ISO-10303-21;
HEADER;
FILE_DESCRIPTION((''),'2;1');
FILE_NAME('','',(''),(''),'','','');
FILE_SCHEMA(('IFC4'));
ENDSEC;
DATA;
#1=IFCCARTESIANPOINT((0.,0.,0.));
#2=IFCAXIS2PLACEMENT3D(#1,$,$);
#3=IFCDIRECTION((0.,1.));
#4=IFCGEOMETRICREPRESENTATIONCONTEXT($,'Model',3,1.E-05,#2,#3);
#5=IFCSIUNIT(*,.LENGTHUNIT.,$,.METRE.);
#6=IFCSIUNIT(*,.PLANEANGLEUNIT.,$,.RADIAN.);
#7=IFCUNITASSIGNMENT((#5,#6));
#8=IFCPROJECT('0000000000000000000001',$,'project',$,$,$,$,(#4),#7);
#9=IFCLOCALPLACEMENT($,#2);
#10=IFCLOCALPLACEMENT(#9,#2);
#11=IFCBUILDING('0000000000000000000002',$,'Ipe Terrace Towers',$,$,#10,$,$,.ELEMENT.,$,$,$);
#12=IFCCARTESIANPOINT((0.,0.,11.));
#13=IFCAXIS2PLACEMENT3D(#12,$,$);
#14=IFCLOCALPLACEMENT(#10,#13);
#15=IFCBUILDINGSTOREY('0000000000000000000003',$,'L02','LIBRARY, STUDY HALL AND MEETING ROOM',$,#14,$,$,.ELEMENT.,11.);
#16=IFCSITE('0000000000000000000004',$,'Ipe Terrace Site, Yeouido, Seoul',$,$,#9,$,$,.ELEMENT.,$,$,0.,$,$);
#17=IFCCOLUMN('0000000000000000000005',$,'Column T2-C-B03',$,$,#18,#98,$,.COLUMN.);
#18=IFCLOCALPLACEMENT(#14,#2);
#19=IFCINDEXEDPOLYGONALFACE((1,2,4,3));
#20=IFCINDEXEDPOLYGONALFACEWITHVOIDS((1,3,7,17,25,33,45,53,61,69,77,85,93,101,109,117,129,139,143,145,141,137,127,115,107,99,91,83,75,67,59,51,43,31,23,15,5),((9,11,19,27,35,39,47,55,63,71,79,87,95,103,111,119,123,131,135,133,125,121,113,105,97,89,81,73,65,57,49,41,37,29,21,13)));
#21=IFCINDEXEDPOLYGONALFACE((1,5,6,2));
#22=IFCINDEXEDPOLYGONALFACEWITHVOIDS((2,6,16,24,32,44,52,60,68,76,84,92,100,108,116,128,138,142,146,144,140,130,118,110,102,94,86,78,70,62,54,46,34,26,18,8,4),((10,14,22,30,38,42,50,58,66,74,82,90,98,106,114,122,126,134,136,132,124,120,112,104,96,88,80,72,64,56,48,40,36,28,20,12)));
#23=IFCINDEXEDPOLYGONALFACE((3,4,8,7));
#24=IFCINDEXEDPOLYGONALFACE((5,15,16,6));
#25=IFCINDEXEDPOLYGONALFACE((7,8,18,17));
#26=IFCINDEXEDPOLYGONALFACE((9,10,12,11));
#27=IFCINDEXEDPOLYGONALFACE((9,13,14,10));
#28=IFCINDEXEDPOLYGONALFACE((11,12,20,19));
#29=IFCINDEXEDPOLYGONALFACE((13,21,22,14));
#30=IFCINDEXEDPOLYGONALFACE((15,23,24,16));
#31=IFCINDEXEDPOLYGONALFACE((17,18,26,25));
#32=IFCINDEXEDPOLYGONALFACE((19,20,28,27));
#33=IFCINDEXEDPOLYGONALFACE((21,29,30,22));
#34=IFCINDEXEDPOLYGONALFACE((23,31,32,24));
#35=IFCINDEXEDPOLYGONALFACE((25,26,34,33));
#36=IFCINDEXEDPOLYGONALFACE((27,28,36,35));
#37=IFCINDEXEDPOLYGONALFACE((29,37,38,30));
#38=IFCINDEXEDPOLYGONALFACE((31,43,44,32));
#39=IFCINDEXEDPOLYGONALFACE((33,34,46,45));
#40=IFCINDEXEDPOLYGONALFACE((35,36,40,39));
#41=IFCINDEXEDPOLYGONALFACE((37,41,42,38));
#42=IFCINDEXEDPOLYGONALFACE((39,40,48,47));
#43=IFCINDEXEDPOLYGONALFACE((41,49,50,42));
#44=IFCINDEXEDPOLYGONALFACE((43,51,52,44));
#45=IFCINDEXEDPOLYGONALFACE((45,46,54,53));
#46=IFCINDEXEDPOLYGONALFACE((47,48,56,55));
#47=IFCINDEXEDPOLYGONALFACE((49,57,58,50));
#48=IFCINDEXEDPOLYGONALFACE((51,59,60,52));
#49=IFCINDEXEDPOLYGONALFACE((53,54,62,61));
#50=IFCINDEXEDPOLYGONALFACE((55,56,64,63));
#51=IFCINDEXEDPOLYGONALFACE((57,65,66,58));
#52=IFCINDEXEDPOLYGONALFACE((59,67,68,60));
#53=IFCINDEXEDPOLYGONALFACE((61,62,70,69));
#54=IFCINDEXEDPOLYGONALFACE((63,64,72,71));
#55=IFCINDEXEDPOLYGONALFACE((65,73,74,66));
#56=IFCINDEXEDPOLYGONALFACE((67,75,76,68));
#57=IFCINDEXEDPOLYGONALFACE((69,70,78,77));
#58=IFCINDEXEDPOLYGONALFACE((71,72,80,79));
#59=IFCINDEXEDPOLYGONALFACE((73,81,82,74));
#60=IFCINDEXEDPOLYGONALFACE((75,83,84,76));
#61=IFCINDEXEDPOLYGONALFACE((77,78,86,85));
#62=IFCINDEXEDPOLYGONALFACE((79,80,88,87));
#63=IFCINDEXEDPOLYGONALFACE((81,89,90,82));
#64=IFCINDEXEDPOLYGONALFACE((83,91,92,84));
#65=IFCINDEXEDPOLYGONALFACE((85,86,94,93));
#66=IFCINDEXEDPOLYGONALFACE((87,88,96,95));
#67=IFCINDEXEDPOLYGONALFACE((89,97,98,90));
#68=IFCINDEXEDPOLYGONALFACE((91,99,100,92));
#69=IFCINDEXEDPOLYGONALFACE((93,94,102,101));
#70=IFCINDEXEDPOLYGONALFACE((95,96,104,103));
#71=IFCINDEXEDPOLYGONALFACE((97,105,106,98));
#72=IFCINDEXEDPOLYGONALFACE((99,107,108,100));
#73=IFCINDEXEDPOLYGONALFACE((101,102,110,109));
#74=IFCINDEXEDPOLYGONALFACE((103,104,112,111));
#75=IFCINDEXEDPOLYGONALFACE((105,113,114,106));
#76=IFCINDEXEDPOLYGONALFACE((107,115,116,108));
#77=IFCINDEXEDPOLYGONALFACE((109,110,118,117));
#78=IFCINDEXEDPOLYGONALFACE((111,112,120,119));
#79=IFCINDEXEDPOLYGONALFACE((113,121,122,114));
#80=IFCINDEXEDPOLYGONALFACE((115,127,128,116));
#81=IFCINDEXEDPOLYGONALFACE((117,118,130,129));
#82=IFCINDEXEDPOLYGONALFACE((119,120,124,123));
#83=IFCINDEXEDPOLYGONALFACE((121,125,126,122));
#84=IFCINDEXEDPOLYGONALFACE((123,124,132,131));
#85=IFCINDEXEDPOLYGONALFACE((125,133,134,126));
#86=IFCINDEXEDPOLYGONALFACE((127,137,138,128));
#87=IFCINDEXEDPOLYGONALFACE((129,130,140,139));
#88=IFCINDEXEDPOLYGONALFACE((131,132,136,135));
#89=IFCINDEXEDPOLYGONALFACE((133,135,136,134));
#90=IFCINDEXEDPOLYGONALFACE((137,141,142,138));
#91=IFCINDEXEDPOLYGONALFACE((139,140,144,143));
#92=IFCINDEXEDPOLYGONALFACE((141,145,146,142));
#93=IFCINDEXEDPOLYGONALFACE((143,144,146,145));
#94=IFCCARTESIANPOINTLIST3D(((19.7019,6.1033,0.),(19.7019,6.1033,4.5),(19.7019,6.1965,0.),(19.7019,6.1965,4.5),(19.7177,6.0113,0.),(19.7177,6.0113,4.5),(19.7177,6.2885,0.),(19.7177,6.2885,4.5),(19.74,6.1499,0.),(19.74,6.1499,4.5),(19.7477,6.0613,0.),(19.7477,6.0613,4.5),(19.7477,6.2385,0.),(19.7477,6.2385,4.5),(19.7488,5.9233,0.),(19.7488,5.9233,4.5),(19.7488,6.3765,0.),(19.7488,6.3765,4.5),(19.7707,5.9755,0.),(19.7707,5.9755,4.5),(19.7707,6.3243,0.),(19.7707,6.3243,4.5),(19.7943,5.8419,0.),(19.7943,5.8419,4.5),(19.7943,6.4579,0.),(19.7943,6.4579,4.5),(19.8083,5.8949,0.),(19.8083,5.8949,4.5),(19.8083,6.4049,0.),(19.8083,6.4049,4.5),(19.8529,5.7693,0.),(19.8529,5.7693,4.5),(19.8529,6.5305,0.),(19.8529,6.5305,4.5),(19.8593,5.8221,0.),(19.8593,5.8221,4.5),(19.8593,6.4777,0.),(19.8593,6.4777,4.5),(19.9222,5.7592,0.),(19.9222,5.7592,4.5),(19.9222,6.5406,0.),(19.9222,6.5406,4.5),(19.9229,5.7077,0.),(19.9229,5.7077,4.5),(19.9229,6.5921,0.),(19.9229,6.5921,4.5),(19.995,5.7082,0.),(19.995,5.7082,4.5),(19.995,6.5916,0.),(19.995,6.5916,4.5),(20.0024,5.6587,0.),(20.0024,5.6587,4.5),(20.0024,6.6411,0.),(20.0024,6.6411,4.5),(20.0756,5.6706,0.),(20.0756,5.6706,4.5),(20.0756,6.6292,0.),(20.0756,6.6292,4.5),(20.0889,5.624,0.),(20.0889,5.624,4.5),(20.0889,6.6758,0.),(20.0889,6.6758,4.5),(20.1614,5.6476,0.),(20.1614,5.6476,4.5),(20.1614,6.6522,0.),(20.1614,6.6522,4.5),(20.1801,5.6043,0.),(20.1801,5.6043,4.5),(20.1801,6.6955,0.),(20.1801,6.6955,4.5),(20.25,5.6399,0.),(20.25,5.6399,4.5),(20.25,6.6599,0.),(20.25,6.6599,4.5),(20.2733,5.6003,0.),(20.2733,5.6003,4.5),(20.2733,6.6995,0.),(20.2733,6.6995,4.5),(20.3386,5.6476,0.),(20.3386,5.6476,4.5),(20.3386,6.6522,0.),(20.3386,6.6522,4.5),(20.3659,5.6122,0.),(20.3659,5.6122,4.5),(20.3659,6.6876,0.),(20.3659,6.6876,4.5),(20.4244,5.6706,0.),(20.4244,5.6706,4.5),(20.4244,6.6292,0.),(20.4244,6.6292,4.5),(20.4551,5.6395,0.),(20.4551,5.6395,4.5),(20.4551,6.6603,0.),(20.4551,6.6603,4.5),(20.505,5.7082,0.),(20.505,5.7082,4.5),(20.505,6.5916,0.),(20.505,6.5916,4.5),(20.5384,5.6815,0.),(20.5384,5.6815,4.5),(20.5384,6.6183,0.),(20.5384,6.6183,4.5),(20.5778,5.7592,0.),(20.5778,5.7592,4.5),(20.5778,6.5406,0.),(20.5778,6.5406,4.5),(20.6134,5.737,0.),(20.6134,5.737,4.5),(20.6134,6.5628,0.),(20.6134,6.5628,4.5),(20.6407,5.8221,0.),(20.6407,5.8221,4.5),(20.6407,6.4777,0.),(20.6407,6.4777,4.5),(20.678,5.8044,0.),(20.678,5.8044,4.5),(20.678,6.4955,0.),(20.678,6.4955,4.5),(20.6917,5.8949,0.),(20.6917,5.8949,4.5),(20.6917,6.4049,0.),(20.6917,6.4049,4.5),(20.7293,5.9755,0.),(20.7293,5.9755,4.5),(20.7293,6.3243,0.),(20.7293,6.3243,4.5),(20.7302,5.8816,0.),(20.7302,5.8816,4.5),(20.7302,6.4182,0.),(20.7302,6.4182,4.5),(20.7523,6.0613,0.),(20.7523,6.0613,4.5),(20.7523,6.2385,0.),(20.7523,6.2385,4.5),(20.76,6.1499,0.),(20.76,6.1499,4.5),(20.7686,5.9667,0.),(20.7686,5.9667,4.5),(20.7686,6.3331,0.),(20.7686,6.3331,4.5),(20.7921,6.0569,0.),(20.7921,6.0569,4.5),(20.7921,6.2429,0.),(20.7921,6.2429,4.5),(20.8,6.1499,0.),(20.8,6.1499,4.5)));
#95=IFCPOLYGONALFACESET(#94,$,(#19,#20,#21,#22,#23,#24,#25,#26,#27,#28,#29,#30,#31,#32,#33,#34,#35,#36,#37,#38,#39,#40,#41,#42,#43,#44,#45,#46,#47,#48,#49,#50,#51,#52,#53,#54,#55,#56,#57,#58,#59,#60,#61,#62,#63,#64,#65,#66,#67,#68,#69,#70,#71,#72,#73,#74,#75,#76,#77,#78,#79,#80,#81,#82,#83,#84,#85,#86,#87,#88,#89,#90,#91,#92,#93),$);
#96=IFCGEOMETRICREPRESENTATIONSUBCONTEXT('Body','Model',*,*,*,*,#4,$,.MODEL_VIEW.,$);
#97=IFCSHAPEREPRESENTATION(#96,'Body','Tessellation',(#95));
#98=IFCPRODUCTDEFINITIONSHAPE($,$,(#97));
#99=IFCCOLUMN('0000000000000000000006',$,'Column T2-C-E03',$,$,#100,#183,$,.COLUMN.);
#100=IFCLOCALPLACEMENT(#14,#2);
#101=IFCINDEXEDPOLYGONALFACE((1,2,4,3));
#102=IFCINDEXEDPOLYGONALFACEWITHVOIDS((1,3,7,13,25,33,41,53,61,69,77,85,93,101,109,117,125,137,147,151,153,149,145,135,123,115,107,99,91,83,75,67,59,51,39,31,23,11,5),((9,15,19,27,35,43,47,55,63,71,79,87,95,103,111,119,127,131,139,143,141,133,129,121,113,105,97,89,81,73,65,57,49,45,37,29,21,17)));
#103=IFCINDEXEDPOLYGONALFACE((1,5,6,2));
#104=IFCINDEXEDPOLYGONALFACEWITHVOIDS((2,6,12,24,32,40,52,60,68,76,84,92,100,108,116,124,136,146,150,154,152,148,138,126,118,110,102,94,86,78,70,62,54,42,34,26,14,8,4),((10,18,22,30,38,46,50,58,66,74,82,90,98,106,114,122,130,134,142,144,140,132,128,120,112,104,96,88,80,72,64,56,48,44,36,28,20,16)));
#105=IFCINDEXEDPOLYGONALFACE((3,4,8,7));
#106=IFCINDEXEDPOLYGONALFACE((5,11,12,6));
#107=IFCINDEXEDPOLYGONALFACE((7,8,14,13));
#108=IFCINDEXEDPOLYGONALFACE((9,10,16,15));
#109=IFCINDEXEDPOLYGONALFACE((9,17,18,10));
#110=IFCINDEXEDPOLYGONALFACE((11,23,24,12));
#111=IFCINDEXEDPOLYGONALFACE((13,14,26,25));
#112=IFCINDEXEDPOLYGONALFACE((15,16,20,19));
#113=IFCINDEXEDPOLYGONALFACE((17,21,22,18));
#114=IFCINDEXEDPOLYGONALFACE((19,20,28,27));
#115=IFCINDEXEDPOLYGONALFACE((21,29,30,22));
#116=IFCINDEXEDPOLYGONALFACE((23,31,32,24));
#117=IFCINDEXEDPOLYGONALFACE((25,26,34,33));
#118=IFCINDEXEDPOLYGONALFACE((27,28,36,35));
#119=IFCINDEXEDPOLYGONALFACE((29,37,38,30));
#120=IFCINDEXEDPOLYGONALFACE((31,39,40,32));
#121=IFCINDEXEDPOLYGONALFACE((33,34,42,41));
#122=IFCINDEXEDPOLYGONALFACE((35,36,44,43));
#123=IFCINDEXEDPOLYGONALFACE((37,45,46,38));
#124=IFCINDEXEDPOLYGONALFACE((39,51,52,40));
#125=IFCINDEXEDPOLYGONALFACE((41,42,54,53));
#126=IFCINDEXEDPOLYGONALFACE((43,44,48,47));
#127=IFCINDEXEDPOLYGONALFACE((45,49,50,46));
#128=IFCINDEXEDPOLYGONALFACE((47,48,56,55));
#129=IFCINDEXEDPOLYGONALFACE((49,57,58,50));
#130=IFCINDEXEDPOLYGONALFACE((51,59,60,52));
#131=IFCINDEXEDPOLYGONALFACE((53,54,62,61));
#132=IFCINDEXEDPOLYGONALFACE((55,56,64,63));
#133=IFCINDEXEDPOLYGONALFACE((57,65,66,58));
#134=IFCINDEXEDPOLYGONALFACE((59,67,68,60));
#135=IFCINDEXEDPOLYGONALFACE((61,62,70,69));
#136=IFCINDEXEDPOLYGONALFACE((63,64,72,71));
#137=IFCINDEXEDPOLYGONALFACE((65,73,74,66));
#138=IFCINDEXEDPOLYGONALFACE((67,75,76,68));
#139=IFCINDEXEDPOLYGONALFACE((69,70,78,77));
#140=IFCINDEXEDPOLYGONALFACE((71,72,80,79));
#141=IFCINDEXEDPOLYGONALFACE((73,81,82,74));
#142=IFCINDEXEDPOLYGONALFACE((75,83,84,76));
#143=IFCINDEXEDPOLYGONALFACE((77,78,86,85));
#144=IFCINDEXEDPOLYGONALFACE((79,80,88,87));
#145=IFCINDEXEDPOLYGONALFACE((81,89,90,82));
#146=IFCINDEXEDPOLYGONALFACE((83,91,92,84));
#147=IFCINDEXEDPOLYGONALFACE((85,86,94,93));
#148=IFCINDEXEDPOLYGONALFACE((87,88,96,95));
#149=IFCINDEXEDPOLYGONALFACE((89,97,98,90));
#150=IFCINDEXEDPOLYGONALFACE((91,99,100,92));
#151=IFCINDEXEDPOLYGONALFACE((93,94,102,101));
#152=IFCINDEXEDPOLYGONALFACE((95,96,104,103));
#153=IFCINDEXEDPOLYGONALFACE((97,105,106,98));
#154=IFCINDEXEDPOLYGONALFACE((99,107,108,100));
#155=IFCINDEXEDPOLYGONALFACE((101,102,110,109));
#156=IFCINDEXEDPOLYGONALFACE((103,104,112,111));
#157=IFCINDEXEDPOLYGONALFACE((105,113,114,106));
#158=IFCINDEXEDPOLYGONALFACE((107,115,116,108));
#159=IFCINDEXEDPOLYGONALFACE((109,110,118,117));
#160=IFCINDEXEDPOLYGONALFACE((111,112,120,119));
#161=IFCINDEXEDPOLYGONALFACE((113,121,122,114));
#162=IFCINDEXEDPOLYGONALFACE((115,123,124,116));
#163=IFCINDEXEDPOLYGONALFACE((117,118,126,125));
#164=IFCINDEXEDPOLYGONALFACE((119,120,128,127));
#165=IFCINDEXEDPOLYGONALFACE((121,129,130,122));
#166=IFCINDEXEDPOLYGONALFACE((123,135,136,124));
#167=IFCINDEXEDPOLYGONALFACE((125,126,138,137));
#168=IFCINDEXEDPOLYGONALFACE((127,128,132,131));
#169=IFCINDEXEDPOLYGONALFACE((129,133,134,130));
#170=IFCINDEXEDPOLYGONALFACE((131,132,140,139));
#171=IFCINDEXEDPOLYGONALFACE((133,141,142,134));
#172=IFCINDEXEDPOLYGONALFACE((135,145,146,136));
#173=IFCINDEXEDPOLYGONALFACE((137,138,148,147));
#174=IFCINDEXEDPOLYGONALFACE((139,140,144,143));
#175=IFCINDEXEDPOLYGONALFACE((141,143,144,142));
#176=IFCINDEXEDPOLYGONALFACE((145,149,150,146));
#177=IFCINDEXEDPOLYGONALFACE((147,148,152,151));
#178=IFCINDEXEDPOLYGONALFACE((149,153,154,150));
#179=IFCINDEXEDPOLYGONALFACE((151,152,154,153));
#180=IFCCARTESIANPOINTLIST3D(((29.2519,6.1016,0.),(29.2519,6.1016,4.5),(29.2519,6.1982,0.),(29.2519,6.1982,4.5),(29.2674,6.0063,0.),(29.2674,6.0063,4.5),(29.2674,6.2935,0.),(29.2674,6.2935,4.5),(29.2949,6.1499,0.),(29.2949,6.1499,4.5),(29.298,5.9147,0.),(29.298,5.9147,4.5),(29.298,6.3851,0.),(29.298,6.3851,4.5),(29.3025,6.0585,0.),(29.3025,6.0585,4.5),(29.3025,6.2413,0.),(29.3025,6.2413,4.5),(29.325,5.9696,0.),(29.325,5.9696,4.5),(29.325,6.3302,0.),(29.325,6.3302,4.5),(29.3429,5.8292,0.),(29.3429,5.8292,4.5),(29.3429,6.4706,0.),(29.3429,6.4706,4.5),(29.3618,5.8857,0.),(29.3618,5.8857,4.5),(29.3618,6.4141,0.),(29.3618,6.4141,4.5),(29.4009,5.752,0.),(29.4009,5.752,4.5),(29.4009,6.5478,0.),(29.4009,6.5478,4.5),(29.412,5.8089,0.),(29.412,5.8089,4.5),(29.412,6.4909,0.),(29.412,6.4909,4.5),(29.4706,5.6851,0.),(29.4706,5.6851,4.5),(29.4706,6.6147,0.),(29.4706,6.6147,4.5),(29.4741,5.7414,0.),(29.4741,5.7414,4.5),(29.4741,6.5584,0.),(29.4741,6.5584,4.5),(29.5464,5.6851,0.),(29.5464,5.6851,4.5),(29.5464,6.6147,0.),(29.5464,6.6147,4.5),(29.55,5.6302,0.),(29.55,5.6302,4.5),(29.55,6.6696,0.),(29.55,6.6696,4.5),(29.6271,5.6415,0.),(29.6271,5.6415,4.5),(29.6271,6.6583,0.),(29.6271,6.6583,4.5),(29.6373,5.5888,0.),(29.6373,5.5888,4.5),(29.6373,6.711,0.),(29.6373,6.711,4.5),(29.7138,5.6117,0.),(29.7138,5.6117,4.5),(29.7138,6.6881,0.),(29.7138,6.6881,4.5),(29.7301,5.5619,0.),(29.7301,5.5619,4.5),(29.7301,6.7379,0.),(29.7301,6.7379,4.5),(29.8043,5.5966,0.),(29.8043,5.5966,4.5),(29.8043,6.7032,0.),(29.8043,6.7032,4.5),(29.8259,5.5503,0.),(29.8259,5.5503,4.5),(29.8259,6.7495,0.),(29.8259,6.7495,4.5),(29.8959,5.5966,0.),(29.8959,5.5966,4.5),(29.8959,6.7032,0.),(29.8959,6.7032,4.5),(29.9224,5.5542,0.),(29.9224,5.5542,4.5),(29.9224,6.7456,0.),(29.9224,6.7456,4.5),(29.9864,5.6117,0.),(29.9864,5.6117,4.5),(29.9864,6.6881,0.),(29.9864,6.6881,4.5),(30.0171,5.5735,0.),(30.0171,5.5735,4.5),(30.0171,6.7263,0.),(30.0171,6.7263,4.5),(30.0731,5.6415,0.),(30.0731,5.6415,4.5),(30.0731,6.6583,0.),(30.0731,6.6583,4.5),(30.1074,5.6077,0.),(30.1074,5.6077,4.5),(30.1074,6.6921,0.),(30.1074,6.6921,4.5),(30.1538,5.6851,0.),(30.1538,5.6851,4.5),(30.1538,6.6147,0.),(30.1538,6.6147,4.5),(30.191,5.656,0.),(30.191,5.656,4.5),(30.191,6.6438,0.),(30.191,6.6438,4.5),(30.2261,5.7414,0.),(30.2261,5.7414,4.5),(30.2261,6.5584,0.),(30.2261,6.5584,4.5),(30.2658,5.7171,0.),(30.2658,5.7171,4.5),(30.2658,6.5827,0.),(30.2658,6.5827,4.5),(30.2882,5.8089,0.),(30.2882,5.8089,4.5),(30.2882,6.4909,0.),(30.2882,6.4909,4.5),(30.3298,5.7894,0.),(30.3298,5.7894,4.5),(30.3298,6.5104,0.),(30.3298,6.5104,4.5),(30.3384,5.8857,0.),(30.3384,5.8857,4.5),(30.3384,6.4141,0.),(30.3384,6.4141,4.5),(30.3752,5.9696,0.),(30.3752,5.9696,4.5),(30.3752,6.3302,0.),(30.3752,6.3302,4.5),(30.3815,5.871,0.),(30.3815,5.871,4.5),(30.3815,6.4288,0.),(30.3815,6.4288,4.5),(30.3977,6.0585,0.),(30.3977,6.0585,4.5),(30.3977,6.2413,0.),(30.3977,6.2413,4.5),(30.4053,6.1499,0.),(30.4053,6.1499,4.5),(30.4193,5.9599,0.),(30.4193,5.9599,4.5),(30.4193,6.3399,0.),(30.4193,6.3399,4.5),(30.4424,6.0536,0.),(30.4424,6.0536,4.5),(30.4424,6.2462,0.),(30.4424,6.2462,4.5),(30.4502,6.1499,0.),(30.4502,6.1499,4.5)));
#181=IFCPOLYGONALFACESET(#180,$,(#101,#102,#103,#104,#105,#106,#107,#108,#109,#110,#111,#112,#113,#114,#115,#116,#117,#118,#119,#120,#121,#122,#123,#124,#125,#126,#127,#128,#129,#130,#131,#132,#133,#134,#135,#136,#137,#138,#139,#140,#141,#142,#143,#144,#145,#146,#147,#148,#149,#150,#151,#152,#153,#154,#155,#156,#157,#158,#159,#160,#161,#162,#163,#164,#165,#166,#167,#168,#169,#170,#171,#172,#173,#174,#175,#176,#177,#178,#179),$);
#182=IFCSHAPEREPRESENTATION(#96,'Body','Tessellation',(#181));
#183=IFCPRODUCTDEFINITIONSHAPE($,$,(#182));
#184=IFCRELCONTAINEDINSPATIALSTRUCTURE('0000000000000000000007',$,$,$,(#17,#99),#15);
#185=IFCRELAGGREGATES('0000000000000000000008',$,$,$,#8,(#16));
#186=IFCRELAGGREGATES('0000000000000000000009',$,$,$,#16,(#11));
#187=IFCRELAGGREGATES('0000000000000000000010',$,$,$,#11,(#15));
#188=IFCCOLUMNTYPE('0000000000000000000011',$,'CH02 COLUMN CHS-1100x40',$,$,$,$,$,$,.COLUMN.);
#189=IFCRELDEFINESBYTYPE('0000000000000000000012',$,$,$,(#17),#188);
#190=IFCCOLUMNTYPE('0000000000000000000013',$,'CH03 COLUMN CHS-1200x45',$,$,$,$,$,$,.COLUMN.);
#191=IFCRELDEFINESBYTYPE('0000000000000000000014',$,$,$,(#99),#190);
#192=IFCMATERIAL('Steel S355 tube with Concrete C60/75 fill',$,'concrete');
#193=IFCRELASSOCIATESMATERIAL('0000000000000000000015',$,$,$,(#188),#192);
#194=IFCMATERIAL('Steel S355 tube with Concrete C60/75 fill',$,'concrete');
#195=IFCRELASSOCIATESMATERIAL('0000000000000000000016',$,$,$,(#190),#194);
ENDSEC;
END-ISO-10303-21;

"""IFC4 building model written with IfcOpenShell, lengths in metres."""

from ifc_helpers import new_model, si_unit, direction, frame, origin, origin_2d, place, context, subcontext, project, spatial, hollow_circle, extrude, material, material_profile, profile_set, type_object, element, save


model = new_model("IFC4")

# Units and contexts
model_context = context("Model", 3, precision=1e-05, world=origin(), true_north=direction((0.0, 1.0)))
body_context = subcontext(model_context, "Body", "Model", "MODEL_VIEW")
ifc_project = project(units=[si_unit("LENGTHUNIT", "METRE"), si_unit("PLANEANGLEUNIT", "RADIAN")], contexts=[model_context])

# Site, building, storey
site_placement = place(None, origin())
site = spatial("IfcSite", under=ifc_project, at=site_placement, Name="Ipe Terrace Site, Yeouido, Seoul", CompositionType="ELEMENT", RefElevation=0.0)
building_placement = place(site_placement, origin())
building = spatial("IfcBuilding", under=site, at=building_placement, Name="Ipe Terrace Towers", CompositionType="ELEMENT")
storey_placement = place(building_placement, frame((0.0, 0.0, 11.0)))
storey = spatial("IfcBuildingStorey", under=building, at=storey_placement, Name="L02", Description="LIBRARY, STUDY HALL AND MEETING ROOM", CompositionType="ELEMENT", Elevation=11.0)

# Columns
ifc_material_1 = material(Name="Steel S355 tube with Concrete C60/75 fill", Category="concrete")
ifc_material_profile_1 = material_profile(ifc_material_1, hollow_circle(Radius=0.55, WallThickness=0.04, at=origin_2d()), Name="CHS-1100x40")
ifc_profile_set_1 = profile_set([ifc_material_profile_1], Name="Steel S355 tube with Concrete C60/75 fill")
column_type_1 = type_object("IfcColumnType", Name="CH02 COLUMN CHS-1100x40", PredefinedType="COLUMN", material=ifc_profile_set_1)
for number, where, z_axis, x_axis, name in (
    (1, (20.25, 6.1499, 0.0), (0.0, 0.0, 1.0), (1.0, 0.0, 0.0), "Column T2-C-B03"),
):
    element("IfcColumn", number, at=place(storey_placement, frame(where, z_axis=z_axis, x_axis=x_axis)), inside=storey, type_object=column_type_1, Name=name, PredefinedType="COLUMN", context=body_context, shape_type="SweptSolid", body=[
        extrude(hollow_circle(Radius=0.55, WallThickness=0.04, at=origin_2d()), origin(), (0.0, 0.0, 1.0), 4.5),
    ])
ifc_material_2 = material(Name="Steel S355 tube with Concrete C60/75 fill", Category="concrete")
ifc_material_profile_2 = material_profile(ifc_material_2, hollow_circle(Radius=0.6001, WallThickness=0.0449, at=origin_2d()), Name="CHS-1200x45")
ifc_profile_set_2 = profile_set([ifc_material_profile_2], Name="Steel S355 tube with Concrete C60/75 fill")
column_type_2 = type_object("IfcColumnType", Name="CH03 COLUMN CHS-1200x45", PredefinedType="COLUMN", material=ifc_profile_set_2)
column_placement = place(storey_placement, frame((29.8501, 6.1499, 0.0), z_axis=(0.0, 0.0, 1.0), x_axis=(1.0, 0.0, 0.0)))
element("IfcColumn", 2, at=column_placement, inside=storey, type_object=column_type_2, Name="Column T2-C-E03", PredefinedType="COLUMN", context=body_context, shape_type="SweptSolid", body=[
    extrude(hollow_circle(Radius=0.6001, WallThickness=0.0449, at=origin_2d()), origin(), (0.0, 0.0, 1.0), 4.5),
])

save(model, "model.ifc")
